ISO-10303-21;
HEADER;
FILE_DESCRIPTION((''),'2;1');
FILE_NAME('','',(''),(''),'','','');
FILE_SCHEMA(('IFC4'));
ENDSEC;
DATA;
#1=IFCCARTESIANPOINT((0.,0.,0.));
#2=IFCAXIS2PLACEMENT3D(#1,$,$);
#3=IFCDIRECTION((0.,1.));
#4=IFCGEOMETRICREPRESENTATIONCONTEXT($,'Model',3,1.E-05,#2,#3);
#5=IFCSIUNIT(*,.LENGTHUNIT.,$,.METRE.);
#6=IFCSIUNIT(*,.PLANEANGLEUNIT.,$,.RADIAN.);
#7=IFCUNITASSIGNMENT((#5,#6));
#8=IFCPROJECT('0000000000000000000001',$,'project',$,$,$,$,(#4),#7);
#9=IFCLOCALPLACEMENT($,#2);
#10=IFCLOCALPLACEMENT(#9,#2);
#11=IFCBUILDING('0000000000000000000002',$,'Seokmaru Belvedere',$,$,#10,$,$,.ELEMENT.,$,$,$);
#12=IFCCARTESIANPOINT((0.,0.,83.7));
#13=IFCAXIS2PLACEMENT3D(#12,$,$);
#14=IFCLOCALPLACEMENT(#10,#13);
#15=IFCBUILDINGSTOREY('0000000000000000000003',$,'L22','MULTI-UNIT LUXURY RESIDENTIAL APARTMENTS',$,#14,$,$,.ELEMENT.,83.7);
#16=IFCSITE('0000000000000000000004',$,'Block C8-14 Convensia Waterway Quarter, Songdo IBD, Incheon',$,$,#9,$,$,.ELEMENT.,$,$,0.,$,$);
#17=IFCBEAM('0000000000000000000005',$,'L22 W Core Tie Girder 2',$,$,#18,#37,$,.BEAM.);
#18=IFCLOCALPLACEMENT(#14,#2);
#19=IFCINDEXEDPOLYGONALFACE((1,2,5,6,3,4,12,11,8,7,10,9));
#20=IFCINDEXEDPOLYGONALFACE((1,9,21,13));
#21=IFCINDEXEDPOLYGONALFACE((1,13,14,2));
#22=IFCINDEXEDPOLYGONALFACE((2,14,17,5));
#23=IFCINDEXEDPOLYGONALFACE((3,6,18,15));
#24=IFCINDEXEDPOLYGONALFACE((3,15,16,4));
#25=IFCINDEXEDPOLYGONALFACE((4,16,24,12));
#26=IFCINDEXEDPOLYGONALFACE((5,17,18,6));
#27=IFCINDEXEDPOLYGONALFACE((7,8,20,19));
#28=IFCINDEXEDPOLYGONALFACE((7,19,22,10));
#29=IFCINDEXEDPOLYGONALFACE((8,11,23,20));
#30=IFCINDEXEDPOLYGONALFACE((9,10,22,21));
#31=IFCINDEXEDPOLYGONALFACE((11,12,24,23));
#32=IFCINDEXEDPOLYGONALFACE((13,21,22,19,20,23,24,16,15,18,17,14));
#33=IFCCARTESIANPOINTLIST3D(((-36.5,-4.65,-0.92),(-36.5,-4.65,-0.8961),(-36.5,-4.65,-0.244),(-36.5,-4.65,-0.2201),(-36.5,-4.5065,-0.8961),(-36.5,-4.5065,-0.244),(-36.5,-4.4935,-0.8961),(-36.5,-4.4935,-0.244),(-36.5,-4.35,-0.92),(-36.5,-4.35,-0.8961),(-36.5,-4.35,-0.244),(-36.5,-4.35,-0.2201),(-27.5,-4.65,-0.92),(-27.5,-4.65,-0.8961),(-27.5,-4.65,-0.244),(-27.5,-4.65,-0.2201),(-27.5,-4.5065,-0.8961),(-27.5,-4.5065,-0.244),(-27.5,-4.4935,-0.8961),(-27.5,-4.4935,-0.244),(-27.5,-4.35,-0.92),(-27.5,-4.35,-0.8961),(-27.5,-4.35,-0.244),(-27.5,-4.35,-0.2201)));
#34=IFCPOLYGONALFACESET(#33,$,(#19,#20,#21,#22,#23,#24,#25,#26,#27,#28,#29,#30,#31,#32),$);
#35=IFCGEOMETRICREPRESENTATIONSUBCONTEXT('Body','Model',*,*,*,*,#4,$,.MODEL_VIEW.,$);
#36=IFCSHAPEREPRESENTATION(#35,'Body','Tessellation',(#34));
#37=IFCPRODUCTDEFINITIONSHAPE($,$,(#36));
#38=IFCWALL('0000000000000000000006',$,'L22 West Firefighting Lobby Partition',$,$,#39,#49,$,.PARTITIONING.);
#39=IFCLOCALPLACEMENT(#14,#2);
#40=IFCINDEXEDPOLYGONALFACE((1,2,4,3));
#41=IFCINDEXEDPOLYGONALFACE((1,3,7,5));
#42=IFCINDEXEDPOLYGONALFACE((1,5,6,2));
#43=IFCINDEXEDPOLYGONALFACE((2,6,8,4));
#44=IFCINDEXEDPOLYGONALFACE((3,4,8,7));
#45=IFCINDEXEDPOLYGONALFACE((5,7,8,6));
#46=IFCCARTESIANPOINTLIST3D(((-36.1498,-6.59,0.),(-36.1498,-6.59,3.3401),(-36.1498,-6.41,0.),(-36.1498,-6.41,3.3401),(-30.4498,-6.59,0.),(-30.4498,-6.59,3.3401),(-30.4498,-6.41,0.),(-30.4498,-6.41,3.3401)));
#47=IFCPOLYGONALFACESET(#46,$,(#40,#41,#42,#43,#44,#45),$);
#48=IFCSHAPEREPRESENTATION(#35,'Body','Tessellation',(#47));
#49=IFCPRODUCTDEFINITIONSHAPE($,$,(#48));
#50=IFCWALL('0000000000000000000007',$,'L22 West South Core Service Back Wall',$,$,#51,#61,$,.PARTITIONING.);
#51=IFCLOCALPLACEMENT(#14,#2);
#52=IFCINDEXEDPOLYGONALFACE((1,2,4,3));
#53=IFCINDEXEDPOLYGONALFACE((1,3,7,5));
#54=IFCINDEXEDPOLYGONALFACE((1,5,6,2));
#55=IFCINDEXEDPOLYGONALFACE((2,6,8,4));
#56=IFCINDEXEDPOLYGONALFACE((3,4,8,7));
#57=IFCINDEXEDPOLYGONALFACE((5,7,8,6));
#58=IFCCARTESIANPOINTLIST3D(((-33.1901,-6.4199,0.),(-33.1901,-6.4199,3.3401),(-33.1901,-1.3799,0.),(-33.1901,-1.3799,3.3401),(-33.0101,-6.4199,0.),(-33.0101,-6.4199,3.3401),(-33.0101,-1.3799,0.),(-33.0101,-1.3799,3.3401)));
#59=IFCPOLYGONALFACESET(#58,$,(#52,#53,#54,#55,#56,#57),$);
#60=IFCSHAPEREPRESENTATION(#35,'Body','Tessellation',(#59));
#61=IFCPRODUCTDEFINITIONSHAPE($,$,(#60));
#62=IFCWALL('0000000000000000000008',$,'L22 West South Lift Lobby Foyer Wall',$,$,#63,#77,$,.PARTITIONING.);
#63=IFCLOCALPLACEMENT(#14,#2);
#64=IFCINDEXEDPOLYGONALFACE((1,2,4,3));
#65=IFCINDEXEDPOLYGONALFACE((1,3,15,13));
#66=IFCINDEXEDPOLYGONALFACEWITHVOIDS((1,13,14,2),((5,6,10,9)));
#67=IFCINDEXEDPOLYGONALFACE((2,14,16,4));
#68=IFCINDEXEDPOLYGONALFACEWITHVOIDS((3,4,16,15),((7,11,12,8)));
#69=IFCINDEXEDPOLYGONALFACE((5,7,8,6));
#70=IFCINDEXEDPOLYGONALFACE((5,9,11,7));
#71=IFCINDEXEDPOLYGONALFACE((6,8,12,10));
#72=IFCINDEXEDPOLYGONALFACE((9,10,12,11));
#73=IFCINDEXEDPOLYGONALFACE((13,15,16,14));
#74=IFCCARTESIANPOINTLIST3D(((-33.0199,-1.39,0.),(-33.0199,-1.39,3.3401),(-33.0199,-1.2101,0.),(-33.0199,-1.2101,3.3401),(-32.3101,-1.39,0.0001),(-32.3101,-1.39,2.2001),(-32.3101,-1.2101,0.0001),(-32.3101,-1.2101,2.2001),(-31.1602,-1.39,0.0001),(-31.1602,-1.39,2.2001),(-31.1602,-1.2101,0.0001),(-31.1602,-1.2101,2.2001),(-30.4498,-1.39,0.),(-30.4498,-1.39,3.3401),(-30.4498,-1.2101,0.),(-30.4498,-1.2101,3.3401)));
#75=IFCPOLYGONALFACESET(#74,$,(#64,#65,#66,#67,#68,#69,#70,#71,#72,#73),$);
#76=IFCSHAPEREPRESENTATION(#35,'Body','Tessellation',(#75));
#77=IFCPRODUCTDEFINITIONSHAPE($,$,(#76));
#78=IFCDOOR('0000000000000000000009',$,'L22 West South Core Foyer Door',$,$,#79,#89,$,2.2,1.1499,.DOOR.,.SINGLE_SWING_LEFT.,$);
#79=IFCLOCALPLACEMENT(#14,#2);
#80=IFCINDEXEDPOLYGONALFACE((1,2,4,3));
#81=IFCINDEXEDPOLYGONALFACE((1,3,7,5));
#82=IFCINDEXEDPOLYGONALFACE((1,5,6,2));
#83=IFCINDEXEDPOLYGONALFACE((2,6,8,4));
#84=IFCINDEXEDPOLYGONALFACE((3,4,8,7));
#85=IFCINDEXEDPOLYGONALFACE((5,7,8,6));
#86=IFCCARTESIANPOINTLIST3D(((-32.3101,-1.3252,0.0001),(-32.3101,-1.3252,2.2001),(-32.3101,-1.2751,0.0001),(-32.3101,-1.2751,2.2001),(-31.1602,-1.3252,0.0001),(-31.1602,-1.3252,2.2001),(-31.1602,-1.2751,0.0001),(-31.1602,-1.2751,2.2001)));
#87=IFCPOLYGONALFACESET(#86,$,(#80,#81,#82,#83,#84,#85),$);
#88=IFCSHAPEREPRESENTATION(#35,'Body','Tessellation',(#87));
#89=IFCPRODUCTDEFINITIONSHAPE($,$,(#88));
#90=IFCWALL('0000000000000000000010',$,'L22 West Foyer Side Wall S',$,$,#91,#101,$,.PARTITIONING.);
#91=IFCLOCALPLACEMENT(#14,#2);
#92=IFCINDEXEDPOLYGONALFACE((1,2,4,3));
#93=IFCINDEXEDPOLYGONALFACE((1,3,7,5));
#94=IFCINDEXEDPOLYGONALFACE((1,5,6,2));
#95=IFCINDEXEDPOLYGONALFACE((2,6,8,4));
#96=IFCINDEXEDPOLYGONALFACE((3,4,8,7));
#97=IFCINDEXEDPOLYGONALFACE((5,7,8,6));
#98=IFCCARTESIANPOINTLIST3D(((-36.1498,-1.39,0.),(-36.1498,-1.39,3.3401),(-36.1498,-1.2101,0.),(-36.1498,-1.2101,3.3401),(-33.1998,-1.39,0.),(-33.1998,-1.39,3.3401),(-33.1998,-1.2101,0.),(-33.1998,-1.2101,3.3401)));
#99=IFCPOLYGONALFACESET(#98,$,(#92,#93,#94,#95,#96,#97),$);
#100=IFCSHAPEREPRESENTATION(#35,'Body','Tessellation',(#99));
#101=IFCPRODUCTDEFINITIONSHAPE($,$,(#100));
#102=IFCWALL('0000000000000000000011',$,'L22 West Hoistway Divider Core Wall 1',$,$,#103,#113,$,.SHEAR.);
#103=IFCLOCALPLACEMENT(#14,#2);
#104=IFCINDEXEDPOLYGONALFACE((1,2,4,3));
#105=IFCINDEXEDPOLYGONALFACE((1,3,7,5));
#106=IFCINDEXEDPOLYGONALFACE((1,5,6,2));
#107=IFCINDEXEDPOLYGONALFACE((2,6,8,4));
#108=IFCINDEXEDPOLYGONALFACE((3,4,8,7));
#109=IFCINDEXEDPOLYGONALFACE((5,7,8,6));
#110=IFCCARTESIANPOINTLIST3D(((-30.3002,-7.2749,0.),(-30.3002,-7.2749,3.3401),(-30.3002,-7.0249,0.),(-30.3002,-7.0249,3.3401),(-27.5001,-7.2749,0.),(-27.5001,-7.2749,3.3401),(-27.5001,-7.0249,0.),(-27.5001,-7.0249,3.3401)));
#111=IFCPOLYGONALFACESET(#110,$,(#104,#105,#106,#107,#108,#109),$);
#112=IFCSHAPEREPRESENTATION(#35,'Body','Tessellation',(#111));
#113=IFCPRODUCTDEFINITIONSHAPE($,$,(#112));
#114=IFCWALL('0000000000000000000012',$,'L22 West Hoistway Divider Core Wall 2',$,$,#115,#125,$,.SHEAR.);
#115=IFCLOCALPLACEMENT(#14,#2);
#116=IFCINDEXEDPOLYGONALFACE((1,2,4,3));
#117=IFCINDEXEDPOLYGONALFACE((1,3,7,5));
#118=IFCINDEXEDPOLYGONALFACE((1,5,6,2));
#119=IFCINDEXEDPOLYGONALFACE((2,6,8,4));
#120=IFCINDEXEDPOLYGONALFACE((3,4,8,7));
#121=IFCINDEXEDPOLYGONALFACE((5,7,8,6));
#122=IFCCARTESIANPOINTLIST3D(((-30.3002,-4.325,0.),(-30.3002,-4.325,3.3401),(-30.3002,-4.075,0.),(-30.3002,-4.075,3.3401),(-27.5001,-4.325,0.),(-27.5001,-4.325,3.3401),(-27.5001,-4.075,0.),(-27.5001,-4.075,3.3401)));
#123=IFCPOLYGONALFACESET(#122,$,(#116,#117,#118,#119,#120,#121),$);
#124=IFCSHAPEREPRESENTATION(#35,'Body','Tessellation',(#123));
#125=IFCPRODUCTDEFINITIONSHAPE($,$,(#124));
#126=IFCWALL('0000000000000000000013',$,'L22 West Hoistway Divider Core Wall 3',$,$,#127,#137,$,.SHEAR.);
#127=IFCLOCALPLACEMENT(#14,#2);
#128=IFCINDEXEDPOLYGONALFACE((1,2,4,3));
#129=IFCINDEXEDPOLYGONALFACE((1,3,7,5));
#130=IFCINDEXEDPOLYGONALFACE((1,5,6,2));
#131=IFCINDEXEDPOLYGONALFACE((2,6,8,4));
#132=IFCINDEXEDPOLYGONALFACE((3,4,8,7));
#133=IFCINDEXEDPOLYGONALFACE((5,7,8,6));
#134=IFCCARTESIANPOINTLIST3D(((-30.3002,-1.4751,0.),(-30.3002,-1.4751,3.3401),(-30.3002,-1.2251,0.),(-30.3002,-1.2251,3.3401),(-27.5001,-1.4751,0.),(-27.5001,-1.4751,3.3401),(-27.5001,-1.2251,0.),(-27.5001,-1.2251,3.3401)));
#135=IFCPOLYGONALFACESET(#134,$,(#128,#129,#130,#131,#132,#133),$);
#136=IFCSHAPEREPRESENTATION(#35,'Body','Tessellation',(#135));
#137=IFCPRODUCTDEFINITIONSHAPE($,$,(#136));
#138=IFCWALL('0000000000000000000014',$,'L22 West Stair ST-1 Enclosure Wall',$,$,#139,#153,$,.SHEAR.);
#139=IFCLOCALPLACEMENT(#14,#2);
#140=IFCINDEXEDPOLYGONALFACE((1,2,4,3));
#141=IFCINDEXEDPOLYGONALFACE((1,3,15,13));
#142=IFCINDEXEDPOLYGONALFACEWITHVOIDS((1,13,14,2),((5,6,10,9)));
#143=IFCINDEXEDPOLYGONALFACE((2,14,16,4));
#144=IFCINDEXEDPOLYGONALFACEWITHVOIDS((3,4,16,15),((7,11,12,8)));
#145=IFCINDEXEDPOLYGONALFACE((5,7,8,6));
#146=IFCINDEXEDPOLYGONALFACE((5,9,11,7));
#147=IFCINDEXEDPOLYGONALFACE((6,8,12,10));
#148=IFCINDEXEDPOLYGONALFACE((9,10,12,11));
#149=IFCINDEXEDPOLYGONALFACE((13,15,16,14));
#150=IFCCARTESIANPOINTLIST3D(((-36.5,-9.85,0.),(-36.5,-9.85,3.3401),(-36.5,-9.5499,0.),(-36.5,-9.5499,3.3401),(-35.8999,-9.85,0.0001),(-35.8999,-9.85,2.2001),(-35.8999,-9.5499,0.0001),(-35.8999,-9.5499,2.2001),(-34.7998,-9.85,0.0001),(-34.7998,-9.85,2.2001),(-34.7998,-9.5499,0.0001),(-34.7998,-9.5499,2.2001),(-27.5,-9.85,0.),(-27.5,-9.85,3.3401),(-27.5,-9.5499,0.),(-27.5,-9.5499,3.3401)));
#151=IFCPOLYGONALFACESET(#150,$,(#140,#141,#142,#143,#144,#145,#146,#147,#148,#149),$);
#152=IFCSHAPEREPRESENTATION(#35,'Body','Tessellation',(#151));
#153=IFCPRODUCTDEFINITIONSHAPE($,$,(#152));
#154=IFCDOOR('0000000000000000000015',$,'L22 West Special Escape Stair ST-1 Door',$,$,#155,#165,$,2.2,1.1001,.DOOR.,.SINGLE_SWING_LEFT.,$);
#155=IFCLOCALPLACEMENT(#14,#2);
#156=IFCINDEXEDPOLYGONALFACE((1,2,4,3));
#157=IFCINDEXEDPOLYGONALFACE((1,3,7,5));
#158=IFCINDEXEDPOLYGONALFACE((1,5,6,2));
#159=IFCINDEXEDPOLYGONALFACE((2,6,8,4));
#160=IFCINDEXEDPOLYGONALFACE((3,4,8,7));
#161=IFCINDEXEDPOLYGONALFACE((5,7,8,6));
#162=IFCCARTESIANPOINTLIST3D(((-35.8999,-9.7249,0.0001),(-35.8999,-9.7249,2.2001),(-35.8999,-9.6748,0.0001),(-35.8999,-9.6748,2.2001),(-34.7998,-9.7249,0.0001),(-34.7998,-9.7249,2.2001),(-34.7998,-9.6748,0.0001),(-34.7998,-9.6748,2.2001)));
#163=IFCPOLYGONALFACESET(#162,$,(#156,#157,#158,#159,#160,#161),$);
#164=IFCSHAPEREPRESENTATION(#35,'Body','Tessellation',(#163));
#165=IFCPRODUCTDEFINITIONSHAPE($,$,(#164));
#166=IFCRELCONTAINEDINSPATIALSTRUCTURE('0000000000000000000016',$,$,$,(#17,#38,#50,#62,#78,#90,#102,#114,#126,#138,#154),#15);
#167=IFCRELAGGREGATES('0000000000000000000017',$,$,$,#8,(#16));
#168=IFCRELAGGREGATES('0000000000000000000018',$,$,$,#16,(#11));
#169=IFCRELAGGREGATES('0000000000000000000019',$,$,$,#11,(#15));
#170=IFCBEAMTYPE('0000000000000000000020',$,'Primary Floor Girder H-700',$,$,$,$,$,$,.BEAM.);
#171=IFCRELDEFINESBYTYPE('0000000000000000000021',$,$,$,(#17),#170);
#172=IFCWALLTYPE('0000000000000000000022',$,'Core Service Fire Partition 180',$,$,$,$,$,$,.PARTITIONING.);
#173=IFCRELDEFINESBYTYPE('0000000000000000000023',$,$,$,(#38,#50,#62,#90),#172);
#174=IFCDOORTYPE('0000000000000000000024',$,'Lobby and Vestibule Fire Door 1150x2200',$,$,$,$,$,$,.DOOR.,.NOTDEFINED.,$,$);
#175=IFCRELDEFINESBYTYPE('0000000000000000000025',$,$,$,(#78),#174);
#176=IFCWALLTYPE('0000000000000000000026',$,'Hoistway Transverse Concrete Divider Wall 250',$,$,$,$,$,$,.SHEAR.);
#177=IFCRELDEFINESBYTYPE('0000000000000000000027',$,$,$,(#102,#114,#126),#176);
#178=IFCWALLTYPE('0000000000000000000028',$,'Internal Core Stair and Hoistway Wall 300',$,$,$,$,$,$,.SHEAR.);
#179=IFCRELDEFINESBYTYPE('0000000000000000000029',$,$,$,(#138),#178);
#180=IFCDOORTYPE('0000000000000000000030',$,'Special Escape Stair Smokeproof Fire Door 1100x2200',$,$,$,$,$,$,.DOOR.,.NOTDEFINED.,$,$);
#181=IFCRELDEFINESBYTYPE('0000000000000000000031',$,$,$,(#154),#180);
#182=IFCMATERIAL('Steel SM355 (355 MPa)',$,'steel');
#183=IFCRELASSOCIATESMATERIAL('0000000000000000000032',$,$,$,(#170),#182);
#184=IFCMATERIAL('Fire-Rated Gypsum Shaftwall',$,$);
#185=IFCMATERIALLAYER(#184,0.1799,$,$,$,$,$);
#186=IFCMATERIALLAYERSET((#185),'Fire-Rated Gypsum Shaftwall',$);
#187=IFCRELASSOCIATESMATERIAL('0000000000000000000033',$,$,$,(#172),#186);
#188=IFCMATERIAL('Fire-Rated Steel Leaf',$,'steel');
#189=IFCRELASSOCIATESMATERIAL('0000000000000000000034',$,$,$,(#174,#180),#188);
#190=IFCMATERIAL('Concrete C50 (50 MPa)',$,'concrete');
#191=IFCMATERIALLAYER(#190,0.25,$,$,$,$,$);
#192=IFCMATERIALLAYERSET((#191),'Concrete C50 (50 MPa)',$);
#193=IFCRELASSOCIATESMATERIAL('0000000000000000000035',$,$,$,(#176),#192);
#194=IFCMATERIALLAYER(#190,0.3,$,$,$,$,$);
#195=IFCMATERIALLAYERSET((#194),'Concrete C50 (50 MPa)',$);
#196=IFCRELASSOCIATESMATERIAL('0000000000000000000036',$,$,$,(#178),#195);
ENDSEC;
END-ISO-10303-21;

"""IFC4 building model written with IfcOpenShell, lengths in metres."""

from ifc_helpers import new_model, si_unit, direction, frame, frame_2d, origin, origin_2d, place, context, subcontext, project, spatial, rectangle, i_section, extrude, source, transform, mapped, material, layer, layer_set, material_profile, profile_set, type_object, type_shapes, element, fill, save


model = new_model("IFC4")

# Units and contexts
model_context = context("Model", 3, precision=1e-05, world=origin(), true_north=direction((0.0, 1.0)))
body_context = subcontext(model_context, "Body", "Model", "MODEL_VIEW")
ifc_project = project(units=[si_unit("LENGTHUNIT", "METRE"), si_unit("PLANEANGLEUNIT", "RADIAN")], contexts=[model_context])

# Site, building, storey
site_placement = place(None, origin())
site = spatial("IfcSite", under=ifc_project, at=site_placement, Name="Block C8-14 Convensia Waterway Quarter, Songdo IBD, Incheon", CompositionType="ELEMENT", RefElevation=0.0)
building_placement = place(site_placement, origin())
building = spatial("IfcBuilding", under=site, at=building_placement, Name="Seokmaru Belvedere", CompositionType="ELEMENT")
storey_placement = place(building_placement, frame((0.0, 0.0, 83.7)))
storey = spatial("IfcBuildingStorey", under=building, at=storey_placement, Name="L22", Description="MULTI-UNIT LUXURY RESIDENTIAL APARTMENTS", CompositionType="ELEMENT", Elevation=83.7)

# Beam
ifc_material_1 = material(Name="Steel SM355 (355 MPa)", Category="steel")
ifc_material_profile = material_profile(ifc_material_1, i_section(OverallWidth=0.3, OverallDepth=0.7, WebThickness=0.0129, FlangeThickness=0.0239, at=origin_2d()), Name="H-700x300x13x24")
ifc_profile_set = profile_set([ifc_material_profile], Name="Steel SM355 (355 MPa)")
beam_type = type_object("IfcBeamType", Name="Primary Floor Girder H-700", PredefinedType="BEAM", material=ifc_profile_set)
shared_shape_1 = source(origin(), body_context, "Body", "SweptSolid", [
    extrude(i_section(OverallWidth=0.3, OverallDepth=0.7, WebThickness=0.0129, FlangeThickness=0.0239, at=origin_2d()), origin(), (0.0, 0.0, 1.0), 9.0),
])
type_shapes(beam_type, [shared_shape_1])
beam_placement = place(storey_placement, frame((-36.5, -4.5, -0.5701), z_axis=(1.0, 0.0, 0.0), x_axis=(0.0, 1.0, 0.0)))
element("IfcBeam", 1, at=beam_placement, inside=storey, type_object=beam_type, Name="L22 W Core Tie Girder 2", PredefinedType="BEAM", context=body_context, shape_type="MappedRepresentation", body=[
    mapped(shared_shape_1, transform((0.0, 0.0, 0.0), scale=1.0)),
])

# Walls
ifc_material_2 = material(Name="Fire-Rated Gypsum Shaftwall")
ifc_layer_1 = layer(ifc_material_2, 0.1799)
ifc_layer_set_1 = layer_set([ifc_layer_1], Name="Fire-Rated Gypsum Shaftwall")
wall_type_1 = type_object("IfcWallType", Name="Core Service Fire Partition 180", PredefinedType="PARTITIONING", material=ifc_layer_set_1)
wall_1_placement = place(storey_placement, frame((-36.1499, -6.5, 0.0), z_axis=(0.0, 0.0, 1.0), x_axis=(1.0, 0.0, 0.0)))
element("IfcWall", 2, at=wall_1_placement, inside=storey, type_object=wall_type_1, Name="L22 West Firefighting Lobby Partition", PredefinedType="PARTITIONING", context=body_context, shape_type="SweptSolid", body=[
    extrude(rectangle(XDim=5.7, YDim=0.1799, at=frame_2d((2.8501, 0.0))), origin(), (0.0, 0.0, 1.0), 3.3401),
])
wall_2_placement = place(storey_placement, frame((-33.1001, -6.4199, 0.0), z_axis=(0.0, 0.0, 1.0), x_axis=(0.0, 1.0, 0.0)))
element("IfcWall", 3, at=wall_2_placement, inside=storey, type_object=wall_type_1, Name="L22 West South Core Service Back Wall", PredefinedType="PARTITIONING", context=body_context, shape_type="SweptSolid", body=[
    extrude(rectangle(XDim=5.04, YDim=0.1799, at=frame_2d((2.52, 0.0))), origin(), (0.0, 0.0, 1.0), 3.3401),
])

# Wall, opening, door
wall_3_placement = place(storey_placement, frame((-33.02, -1.3, 0.0), z_axis=(0.0, 0.0, 1.0), x_axis=(1.0, 0.0, 0.0)))
wall_3 = element("IfcWall", 4, at=wall_3_placement, inside=storey, type_object=wall_type_1, Name="L22 West South Lift Lobby Foyer Wall", PredefinedType="PARTITIONING", context=body_context, shape_type="SweptSolid", body=[
    extrude(rectangle(XDim=2.5701, YDim=0.1799, at=frame_2d((1.2852, 0.0))), origin(), (0.0, 0.0, 1.0), 3.3401),
])
opening_1_placement = place(wall_3_placement, frame((0.71, 0.0, 0.0)))
opening_1 = element("IfcOpeningElement", 5, at=opening_1_placement, cuts=wall_3, PredefinedType="OPENING", context=body_context, shape_type="SweptSolid", body=[
    extrude(rectangle(XDim=1.1499, YDim=2.2, at=frame_2d((0.575, 1.1001))), frame((0.0, 0.1001, 0.0), z_axis=(0.0, -1.0, 0.0), x_axis=(1.0, 0.0, 0.0)), (0.0, 0.0, 1.0), 0.2),
])
ifc_material_3 = material(Name="Fire-Rated Steel Leaf", Category="steel")
door_type_1 = type_object("IfcDoorType", Name="Lobby and Vestibule Fire Door 1150x2200", OperationType="NOTDEFINED", PredefinedType="DOOR", material=ifc_material_3)
shared_shape_2 = source(origin(), body_context, "Body", "SweptSolid", [
    extrude(rectangle(XDim=1.1499, YDim=2.2, at=frame_2d((0.575, 1.1001))), frame((0.0, 0.0249, 0.0), z_axis=(0.0, -1.0, 0.0), x_axis=(1.0, 0.0, 0.0)), (0.0, 0.0, 1.0), 0.05),
])
type_shapes(door_type_1, [shared_shape_2])
door_1_placement = place(opening_1_placement, origin())
door_1 = element("IfcDoor", 6, at=door_1_placement, inside=storey, type_object=door_type_1, Name="L22 West South Core Foyer Door", OperationType="SINGLE_SWING_LEFT", OverallHeight=2.2, OverallWidth=1.1499, PredefinedType="DOOR", context=body_context, shape_type="MappedRepresentation", body=[
    mapped(shared_shape_2, transform((0.0, 0.0, 0.0), scale=1.0)),
])
fill(opening_1, door_1)

# Walls
wall_4_placement = place(storey_placement, frame((-36.1499, -1.3, 0.0), z_axis=(0.0, 0.0, 1.0), x_axis=(1.0, 0.0, 0.0)))
element("IfcWall", 7, at=wall_4_placement, inside=storey, type_object=wall_type_1, Name="L22 West Foyer Side Wall S", PredefinedType="PARTITIONING", context=body_context, shape_type="SweptSolid", body=[
    extrude(rectangle(XDim=2.95, YDim=0.1799, at=frame_2d((1.4751, 0.0))), origin(), (0.0, 0.0, 1.0), 3.3401),
])
ifc_material_4 = material(Name="Concrete C50 (50 MPa)", Category="concrete")
ifc_layer_2 = layer(ifc_material_4, 0.25)
ifc_layer_set_2 = layer_set([ifc_layer_2], Name="Concrete C50 (50 MPa)")
wall_type_2 = type_object("IfcWallType", Name="Hoistway Transverse Concrete Divider Wall 250", PredefinedType="SHEAR", material=ifc_layer_set_2)
for number, where, z_axis, x_axis, name in (
    (8, (-30.3, -7.1499, 0.0), (0.0, 0.0, 1.0), (1.0, 0.0, 0.0), "L22 West Hoistway Divider Core Wall 1"),
    (9, (-30.3, -4.2, 0.0), (0.0, 0.0, 1.0), (1.0, 0.0, 0.0), "L22 West Hoistway Divider Core Wall 2"),
    (10, (-30.3, -1.3501, 0.0), (0.0, 0.0, 1.0), (1.0, 0.0, 0.0), "L22 West Hoistway Divider Core Wall 3"),
):
    element("IfcWall", number, at=place(storey_placement, frame(where, z_axis=z_axis, x_axis=x_axis)), inside=storey, type_object=wall_type_2, Name=name, PredefinedType="SHEAR", context=body_context, shape_type="SweptSolid", body=[
        extrude(rectangle(XDim=2.8, YDim=0.25, at=frame_2d((1.3999, 0.0))), origin(), (0.0, 0.0, 1.0), 3.3401),
    ])

# Wall, opening, door
ifc_layer_3 = layer(ifc_material_4, 0.3)
ifc_layer_set_3 = layer_set([ifc_layer_3], Name="Concrete C50 (50 MPa)")
wall_type_3 = type_object("IfcWallType", Name="Internal Core Stair and Hoistway Wall 300", PredefinedType="SHEAR", material=ifc_layer_set_3)
wall_5_placement = place(storey_placement, frame((-36.5, -9.7, 0.0), z_axis=(0.0, 0.0, 1.0), x_axis=(1.0, 0.0, 0.0)))
wall_5 = element("IfcWall", 11, at=wall_5_placement, inside=storey, type_object=wall_type_3, Name="L22 West Stair ST-1 Enclosure Wall", PredefinedType="SHEAR", context=body_context, shape_type="SweptSolid", body=[
    extrude(rectangle(XDim=9.0, YDim=0.3, at=frame_2d((4.5, 0.0))), origin(), (0.0, 0.0, 1.0), 3.3401),
])
opening_2_placement = place(wall_5_placement, frame((0.6001, 0.0, 0.0)))
opening_2 = element("IfcOpeningElement", 12, at=opening_2_placement, cuts=wall_5, PredefinedType="OPENING", context=body_context, shape_type="SweptSolid", body=[
    extrude(rectangle(XDim=1.1001, YDim=2.2, at=frame_2d((0.55, 1.1001))), frame((0.0, 0.1602, 0.0), z_axis=(0.0, -1.0, 0.0), x_axis=(1.0, 0.0, 0.0)), (0.0, 0.0, 1.0), 0.3201),
])
door_type_2 = type_object("IfcDoorType", Name="Special Escape Stair Smokeproof Fire Door 1100x2200", OperationType="NOTDEFINED", PredefinedType="DOOR", material=ifc_material_3)
shared_shape_3 = source(origin(), body_context, "Body", "SweptSolid", [
    extrude(rectangle(XDim=1.1001, YDim=2.2, at=frame_2d((0.55, 1.1001))), frame((0.0, 0.0249, 0.0), z_axis=(0.0, -1.0, 0.0), x_axis=(1.0, 0.0, 0.0)), (0.0, 0.0, 1.0), 0.05),
])
type_shapes(door_type_2, [shared_shape_3])
door_2_placement = place(opening_2_placement, frame((1.1001, 0.0, 0.0), z_axis=(0.0, 0.0, 1.0), x_axis=(-1.0, 0.0, 0.0)))
door_2 = element("IfcDoor", 13, at=door_2_placement, inside=storey, type_object=door_type_2, Name="L22 West Special Escape Stair ST-1 Door", OperationType="SINGLE_SWING_LEFT", OverallHeight=2.2, OverallWidth=1.1001, PredefinedType="DOOR", context=body_context, shape_type="MappedRepresentation", body=[
    mapped(shared_shape_3, transform((0.0, 0.0, 0.0), scale=1.0)),
])
fill(opening_2, door_2)

save(model, "model.ifc")
